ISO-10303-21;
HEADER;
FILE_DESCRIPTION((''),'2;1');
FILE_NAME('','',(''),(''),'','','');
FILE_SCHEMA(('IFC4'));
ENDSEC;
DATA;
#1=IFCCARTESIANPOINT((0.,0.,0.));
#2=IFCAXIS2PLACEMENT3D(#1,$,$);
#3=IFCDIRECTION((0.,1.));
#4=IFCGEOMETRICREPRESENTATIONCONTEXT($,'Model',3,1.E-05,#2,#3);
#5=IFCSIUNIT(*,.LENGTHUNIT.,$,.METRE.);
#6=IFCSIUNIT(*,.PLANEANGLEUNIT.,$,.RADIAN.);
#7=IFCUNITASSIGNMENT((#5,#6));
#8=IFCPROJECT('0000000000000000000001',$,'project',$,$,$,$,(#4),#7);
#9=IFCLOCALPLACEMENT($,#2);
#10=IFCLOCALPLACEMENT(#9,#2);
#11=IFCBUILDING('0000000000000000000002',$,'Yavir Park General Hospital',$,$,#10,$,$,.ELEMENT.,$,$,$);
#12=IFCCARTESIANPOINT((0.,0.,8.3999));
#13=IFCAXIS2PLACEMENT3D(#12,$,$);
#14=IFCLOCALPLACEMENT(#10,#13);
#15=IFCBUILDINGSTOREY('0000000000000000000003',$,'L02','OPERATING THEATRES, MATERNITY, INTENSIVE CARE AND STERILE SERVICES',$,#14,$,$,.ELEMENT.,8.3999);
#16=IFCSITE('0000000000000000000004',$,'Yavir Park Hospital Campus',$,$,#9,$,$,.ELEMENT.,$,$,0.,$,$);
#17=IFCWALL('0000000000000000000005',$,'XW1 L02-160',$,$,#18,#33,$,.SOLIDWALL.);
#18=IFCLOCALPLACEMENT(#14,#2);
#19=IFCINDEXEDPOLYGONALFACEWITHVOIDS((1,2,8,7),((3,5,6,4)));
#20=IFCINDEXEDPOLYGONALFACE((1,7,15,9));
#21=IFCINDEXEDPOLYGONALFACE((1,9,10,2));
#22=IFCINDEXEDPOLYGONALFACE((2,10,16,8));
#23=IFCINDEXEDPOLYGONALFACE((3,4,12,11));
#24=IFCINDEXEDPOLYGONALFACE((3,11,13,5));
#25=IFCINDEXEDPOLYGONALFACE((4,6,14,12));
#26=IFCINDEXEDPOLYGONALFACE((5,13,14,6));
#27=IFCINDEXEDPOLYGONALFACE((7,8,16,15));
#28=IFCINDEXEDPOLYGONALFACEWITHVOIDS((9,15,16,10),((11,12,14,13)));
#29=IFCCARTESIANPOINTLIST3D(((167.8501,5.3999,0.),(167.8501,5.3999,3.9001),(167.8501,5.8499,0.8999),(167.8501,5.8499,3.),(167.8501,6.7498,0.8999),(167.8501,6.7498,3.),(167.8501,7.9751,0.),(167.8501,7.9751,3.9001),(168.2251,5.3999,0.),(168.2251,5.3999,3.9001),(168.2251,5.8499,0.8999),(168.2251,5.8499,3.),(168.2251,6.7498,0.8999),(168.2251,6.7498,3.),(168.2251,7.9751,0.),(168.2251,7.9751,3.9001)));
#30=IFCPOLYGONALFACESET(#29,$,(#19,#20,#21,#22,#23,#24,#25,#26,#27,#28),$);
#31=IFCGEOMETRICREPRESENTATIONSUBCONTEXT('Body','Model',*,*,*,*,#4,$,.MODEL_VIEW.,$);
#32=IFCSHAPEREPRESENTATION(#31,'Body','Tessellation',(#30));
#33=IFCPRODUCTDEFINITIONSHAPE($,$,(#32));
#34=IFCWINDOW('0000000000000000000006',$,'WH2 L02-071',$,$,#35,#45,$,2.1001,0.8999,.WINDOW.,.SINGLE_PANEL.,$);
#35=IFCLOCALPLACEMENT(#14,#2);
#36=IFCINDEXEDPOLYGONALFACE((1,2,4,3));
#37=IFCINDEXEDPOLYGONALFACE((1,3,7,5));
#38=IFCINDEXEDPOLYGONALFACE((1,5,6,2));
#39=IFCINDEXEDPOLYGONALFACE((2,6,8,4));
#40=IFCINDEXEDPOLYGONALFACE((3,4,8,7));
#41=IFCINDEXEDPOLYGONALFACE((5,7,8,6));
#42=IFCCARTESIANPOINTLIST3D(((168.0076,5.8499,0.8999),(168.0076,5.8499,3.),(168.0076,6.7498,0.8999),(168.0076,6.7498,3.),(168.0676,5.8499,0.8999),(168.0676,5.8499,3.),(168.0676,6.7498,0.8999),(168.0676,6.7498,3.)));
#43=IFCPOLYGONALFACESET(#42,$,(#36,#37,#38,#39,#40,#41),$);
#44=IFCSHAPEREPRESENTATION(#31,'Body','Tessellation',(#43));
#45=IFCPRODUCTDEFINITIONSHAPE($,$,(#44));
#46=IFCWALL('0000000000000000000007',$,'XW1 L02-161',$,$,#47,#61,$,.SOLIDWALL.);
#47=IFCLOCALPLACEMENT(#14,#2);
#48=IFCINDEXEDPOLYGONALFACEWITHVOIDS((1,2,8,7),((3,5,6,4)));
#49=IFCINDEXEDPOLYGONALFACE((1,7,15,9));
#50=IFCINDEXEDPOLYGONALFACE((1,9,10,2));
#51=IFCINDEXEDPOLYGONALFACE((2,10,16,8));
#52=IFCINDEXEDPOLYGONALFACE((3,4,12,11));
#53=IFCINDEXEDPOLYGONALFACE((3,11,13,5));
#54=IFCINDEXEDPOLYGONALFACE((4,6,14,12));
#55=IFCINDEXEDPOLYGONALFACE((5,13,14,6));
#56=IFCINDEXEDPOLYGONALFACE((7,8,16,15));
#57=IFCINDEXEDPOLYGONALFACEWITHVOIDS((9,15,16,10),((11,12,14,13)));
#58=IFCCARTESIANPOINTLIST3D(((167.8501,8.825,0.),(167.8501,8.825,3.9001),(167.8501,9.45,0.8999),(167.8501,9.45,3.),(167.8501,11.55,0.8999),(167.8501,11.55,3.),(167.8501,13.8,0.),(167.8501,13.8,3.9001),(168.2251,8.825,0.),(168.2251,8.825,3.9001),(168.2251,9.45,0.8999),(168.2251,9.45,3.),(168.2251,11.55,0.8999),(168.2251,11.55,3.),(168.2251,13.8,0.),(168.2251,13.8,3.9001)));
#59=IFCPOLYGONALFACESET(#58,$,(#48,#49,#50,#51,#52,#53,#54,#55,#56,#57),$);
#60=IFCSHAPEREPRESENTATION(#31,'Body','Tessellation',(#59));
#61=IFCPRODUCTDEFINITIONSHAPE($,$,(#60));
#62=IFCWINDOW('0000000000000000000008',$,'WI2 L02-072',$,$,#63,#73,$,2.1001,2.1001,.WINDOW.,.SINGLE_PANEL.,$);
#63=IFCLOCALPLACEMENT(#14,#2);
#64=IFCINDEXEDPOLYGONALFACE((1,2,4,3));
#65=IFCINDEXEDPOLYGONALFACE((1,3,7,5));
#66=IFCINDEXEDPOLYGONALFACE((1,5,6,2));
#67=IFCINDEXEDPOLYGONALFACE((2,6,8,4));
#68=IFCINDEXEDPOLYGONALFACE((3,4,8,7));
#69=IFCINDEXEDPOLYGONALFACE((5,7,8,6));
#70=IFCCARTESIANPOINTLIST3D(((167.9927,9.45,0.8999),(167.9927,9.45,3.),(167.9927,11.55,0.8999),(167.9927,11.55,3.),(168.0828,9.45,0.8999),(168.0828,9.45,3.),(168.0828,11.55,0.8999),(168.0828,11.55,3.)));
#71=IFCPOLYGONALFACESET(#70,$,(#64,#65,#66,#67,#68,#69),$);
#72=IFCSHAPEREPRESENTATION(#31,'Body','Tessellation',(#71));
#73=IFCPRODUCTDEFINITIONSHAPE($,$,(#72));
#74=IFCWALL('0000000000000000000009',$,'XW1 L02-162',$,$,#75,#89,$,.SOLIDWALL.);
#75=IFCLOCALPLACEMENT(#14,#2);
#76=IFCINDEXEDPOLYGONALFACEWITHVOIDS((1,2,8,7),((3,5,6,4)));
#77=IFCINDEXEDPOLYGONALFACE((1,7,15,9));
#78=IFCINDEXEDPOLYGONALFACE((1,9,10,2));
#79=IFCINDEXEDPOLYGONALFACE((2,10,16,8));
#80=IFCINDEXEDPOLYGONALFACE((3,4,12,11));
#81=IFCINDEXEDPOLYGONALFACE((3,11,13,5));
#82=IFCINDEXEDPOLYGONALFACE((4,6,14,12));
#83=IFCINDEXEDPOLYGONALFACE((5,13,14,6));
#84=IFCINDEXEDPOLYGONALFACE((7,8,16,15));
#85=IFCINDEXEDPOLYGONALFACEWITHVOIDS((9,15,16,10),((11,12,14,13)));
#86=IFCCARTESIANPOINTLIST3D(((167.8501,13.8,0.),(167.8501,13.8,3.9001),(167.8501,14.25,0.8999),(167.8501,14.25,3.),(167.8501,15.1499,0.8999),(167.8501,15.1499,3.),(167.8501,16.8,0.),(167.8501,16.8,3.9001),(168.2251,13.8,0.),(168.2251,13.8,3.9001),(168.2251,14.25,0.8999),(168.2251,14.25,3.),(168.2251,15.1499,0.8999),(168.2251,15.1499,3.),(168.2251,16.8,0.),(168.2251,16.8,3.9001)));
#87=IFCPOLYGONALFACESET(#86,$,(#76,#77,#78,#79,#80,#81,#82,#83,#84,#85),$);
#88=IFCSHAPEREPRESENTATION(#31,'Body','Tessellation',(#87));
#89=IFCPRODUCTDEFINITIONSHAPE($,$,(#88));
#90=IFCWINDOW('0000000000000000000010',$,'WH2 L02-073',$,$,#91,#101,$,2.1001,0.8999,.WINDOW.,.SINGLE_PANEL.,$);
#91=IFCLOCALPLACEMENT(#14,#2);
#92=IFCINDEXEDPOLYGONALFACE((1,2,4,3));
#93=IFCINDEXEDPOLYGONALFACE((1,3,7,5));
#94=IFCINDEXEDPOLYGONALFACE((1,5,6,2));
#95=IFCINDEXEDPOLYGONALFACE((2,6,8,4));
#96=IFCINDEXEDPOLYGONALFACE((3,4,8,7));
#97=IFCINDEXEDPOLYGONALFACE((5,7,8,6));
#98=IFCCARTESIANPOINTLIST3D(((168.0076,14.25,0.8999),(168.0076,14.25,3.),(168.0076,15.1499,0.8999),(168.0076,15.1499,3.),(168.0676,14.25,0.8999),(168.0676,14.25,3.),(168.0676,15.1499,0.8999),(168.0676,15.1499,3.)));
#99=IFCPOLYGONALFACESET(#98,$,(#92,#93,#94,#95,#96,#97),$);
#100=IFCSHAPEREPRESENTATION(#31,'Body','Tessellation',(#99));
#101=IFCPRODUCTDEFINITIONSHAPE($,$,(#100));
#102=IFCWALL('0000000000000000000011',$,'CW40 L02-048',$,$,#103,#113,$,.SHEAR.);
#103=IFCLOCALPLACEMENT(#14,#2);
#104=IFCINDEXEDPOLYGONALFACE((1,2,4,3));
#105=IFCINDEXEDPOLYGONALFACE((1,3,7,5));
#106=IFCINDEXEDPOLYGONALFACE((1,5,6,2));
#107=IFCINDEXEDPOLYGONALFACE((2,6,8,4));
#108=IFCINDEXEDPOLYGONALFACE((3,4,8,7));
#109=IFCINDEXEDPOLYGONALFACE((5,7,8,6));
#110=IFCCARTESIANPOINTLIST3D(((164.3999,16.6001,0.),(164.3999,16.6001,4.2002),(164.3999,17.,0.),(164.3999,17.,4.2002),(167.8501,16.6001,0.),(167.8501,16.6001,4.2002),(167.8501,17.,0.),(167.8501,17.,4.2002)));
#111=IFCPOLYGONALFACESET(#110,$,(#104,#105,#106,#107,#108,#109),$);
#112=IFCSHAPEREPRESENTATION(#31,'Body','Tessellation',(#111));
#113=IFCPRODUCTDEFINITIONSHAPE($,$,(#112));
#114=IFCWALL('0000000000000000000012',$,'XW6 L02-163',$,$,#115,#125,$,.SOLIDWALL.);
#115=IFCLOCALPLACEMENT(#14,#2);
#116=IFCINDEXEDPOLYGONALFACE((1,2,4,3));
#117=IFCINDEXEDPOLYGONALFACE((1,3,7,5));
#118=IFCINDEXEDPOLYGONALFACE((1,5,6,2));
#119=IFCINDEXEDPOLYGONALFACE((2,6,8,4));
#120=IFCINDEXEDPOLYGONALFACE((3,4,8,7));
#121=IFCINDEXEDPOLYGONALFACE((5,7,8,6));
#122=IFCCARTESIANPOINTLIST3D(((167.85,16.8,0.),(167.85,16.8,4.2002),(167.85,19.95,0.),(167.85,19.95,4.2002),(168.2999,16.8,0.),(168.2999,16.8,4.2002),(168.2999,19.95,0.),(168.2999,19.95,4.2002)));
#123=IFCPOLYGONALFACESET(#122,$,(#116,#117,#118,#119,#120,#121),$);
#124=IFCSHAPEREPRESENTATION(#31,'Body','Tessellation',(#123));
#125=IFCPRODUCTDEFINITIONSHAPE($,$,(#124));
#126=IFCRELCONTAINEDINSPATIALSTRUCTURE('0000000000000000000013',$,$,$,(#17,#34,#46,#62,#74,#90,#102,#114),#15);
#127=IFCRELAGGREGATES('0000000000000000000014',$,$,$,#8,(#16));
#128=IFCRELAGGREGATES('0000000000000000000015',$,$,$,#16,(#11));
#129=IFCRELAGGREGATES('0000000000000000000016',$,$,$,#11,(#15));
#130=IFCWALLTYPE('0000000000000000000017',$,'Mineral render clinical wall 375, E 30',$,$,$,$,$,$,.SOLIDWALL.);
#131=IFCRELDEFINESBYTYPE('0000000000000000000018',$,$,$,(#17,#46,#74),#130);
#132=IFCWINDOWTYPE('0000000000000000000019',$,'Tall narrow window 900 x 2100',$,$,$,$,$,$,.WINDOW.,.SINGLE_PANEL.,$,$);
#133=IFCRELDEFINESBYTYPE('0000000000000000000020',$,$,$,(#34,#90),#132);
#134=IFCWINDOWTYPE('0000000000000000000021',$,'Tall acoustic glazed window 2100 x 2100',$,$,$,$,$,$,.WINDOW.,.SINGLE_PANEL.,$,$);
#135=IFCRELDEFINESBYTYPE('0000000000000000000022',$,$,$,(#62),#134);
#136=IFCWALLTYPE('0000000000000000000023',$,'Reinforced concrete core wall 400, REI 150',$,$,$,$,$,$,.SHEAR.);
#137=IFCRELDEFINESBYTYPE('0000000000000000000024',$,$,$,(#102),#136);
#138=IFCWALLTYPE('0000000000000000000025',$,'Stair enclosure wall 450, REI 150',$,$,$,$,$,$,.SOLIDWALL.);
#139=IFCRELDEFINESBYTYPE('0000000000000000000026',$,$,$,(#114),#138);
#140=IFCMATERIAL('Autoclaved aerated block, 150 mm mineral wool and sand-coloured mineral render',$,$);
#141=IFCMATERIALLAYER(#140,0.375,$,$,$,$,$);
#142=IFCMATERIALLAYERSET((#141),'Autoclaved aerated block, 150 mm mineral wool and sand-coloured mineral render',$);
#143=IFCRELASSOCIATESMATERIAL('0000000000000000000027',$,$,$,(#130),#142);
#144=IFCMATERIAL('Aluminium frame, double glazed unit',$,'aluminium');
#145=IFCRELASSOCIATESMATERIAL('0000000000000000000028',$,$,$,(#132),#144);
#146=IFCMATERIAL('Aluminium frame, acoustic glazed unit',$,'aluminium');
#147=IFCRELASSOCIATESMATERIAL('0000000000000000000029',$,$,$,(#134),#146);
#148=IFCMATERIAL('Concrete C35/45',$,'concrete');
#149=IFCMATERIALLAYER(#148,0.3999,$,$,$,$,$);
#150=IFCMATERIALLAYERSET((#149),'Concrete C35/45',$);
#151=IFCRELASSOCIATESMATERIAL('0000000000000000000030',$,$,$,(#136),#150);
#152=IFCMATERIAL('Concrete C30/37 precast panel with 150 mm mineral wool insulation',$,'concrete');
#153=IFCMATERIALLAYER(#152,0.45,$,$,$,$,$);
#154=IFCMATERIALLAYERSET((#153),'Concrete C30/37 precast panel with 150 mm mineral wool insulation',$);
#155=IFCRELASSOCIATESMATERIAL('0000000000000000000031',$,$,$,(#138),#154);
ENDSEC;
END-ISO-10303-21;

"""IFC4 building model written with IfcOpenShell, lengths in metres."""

from ifc_helpers import new_model, si_unit, direction, frame, frame_2d, origin, place, context, subcontext, project, spatial, rectangle, extrude, material, layer, layer_set, type_object, element, fill, save


model = new_model("IFC4")

# Units and contexts
model_context = context("Model", 3, precision=1e-05, world=origin(), true_north=direction((0.0, 1.0)))
body_context = subcontext(model_context, "Body", "Model", "MODEL_VIEW")
ifc_project = project(units=[si_unit("LENGTHUNIT", "METRE"), si_unit("PLANEANGLEUNIT", "RADIAN")], contexts=[model_context])

# Site, building, storey
site_placement = place(None, origin())
site = spatial("IfcSite", under=ifc_project, at=site_placement, Name="Yavir Park Hospital Campus", CompositionType="ELEMENT", RefElevation=0.0)
building_placement = place(site_placement, origin())
building = spatial("IfcBuilding", under=site, at=building_placement, Name="Yavir Park General Hospital", CompositionType="ELEMENT")
storey_placement = place(building_placement, frame((0.0, 0.0, 8.3999)))
storey = spatial("IfcBuildingStorey", under=building, at=storey_placement, Name="L02", Description="OPERATING THEATRES, MATERNITY, INTENSIVE CARE AND STERILE SERVICES", CompositionType="ELEMENT", Elevation=8.3999)

# Walls, openings, windows
ifc_material_1 = material(Name="Autoclaved aerated block, 150 mm mineral wool and sand-coloured mineral render")
ifc_layer_1 = layer(ifc_material_1, 0.375)
ifc_layer_set_1 = layer_set([ifc_layer_1], Name="Autoclaved aerated block, 150 mm mineral wool and sand-coloured mineral render")
wall_type_1 = type_object("IfcWallType", Name="Mineral render clinical wall 375, E 30", PredefinedType="SOLIDWALL", material=ifc_layer_set_1)
ifc_material_2 = material(Name="Aluminium frame, double glazed unit", Category="aluminium")
window_type_1 = type_object("IfcWindowType", Name="Tall narrow window 900 x 2100", PartitioningType="SINGLE_PANEL", PredefinedType="WINDOW", material=ifc_material_2)
ifc_material_3 = material(Name="Aluminium frame, acoustic glazed unit", Category="aluminium")
window_type_2 = type_object("IfcWindowType", Name="Tall acoustic glazed window 2100 x 2100", PartitioningType="SINGLE_PANEL", PredefinedType="WINDOW", material=ifc_material_3)
wall_1_placement = place(storey_placement, frame((168.0376, 5.3999, 0.0), z_axis=(0.0, 0.0, 1.0), x_axis=(0.0, 1.0, 0.0)))
wall_1 = element("IfcWall", 1, at=wall_1_placement, inside=storey, type_object=wall_type_1, Name="XW1 L02-160", PredefinedType="SOLIDWALL", context=body_context, shape_type="SweptSolid", body=[
    extrude(rectangle(XDim=2.5752, YDim=0.375, at=frame_2d((1.2876, 0.0))), origin(), (0.0, 0.0, 1.0), 3.9001),
])
opening_1_placement = place(wall_1_placement, frame((0.45, 0.0, 0.8999)))
opening_1 = element("IfcOpeningElement", 2, at=opening_1_placement, cuts=wall_1, PredefinedType="OPENING", context=body_context, shape_type="SweptSolid", body=[
    extrude(rectangle(XDim=0.8999, YDim=2.1001, at=frame_2d((0.45, 1.05))), frame((0.0, 0.1975, 0.0), z_axis=(0.0, -1.0, 0.0), x_axis=(1.0, 0.0, 0.0)), (0.0, 0.0, 1.0), 0.395),
])
window_1_placement = place(opening_1_placement, origin())
window_1 = element("IfcWindow", 3, at=window_1_placement, inside=storey, type_object=window_type_1, Name="WH2 L02-071", OverallHeight=2.1001, OverallWidth=0.8999, PartitioningType="SINGLE_PANEL", PredefinedType="WINDOW", context=body_context, shape_type="SweptSolid", body=[
    extrude(rectangle(XDim=0.8999, YDim=2.1001, at=frame_2d((0.45, 1.05))), frame((0.0, 0.03, 0.0), z_axis=(0.0, -1.0, 0.0), x_axis=(1.0, 0.0, 0.0)), (0.0, 0.0, 1.0), 0.0601),
])
fill(opening_1, window_1)
wall_2_placement = place(storey_placement, frame((168.0376, 8.825, 0.0), z_axis=(0.0, 0.0, 1.0), x_axis=(0.0, 1.0, 0.0)))
wall_2 = element("IfcWall", 4, at=wall_2_placement, inside=storey, type_object=wall_type_1, Name="XW1 L02-161", PredefinedType="SOLIDWALL", context=body_context, shape_type="SweptSolid", body=[
    extrude(rectangle(XDim=4.9751, YDim=0.375, at=frame_2d((2.4875, 0.0))), origin(), (0.0, 0.0, 1.0), 3.9001),
])
opening_2_placement = place(wall_2_placement, frame((0.625, 0.0, 0.8999)))
opening_2 = element("IfcOpeningElement", 5, at=opening_2_placement, cuts=wall_2, PredefinedType="OPENING", context=body_context, shape_type="SweptSolid", body=[
    extrude(rectangle(XDim=2.1001, YDim=2.1001, at=frame_2d((1.05, 1.05))), frame((0.0, 0.1975, 0.0), z_axis=(0.0, -1.0, 0.0), x_axis=(1.0, 0.0, 0.0)), (0.0, 0.0, 1.0), 0.395),
])
window_2_placement = place(opening_2_placement, origin())
window_2 = element("IfcWindow", 6, at=window_2_placement, inside=storey, type_object=window_type_2, Name="WI2 L02-072", OverallHeight=2.1001, OverallWidth=2.1001, PartitioningType="SINGLE_PANEL", PredefinedType="WINDOW", context=body_context, shape_type="SweptSolid", body=[
    extrude(rectangle(XDim=2.1001, YDim=2.1001, at=frame_2d((1.05, 1.05))), frame((0.0, 0.0449, 0.0), z_axis=(0.0, -1.0, 0.0), x_axis=(1.0, 0.0, 0.0)), (0.0, 0.0, 1.0), 0.0901),
])
fill(opening_2, window_2)
wall_3_placement = place(storey_placement, frame((168.0376, 13.8, 0.0), z_axis=(0.0, 0.0, 1.0), x_axis=(0.0, 1.0, 0.0)))
wall_3 = element("IfcWall", 7, at=wall_3_placement, inside=storey, type_object=wall_type_1, Name="XW1 L02-162", PredefinedType="SOLIDWALL", context=body_context, shape_type="SweptSolid", body=[
    extrude(rectangle(XDim=3.0, YDim=0.375, at=frame_2d((1.5, 0.0))), origin(), (0.0, 0.0, 1.0), 3.9001),
])
opening_3_placement = place(wall_3_placement, frame((0.45, 0.0, 0.8999)))
opening_3 = element("IfcOpeningElement", 8, at=opening_3_placement, cuts=wall_3, PredefinedType="OPENING", context=body_context, shape_type="SweptSolid", body=[
    extrude(rectangle(XDim=0.8999, YDim=2.1001, at=frame_2d((0.45, 1.05))), frame((0.0, 0.1975, 0.0), z_axis=(0.0, -1.0, 0.0), x_axis=(1.0, 0.0, 0.0)), (0.0, 0.0, 1.0), 0.395),
])
window_3_placement = place(opening_3_placement, origin())
window_3 = element("IfcWindow", 9, at=window_3_placement, inside=storey, type_object=window_type_1, Name="WH2 L02-073", OverallHeight=2.1001, OverallWidth=0.8999, PartitioningType="SINGLE_PANEL", PredefinedType="WINDOW", context=body_context, shape_type="SweptSolid", body=[
    extrude(rectangle(XDim=0.8999, YDim=2.1001, at=frame_2d((0.45, 1.05))), frame((0.0, 0.03, 0.0), z_axis=(0.0, -1.0, 0.0), x_axis=(1.0, 0.0, 0.0)), (0.0, 0.0, 1.0), 0.0601),
])
fill(opening_3, window_3)

# Walls
ifc_material_4 = material(Name="Concrete C35/45", Category="concrete")
ifc_layer_2 = layer(ifc_material_4, 0.3999)
ifc_layer_set_2 = layer_set([ifc_layer_2], Name="Concrete C35/45")
wall_type_2 = type_object("IfcWallType", Name="Reinforced concrete core wall 400, REI 150", PredefinedType="SHEAR", material=ifc_layer_set_2)
wall_4_placement = place(storey_placement, frame((164.3999, 16.8, 0.0), z_axis=(0.0, 0.0, 1.0), x_axis=(1.0, 0.0, 0.0)))
element("IfcWall", 10, at=wall_4_placement, inside=storey, type_object=wall_type_2, Name="CW40 L02-048", PredefinedType="SHEAR", context=body_context, shape_type="SweptSolid", body=[
    extrude(rectangle(XDim=3.4502, YDim=0.3999, at=frame_2d((1.7251, 0.0))), origin(), (0.0, 0.0, 1.0), 4.2002),
])
ifc_material_5 = material(Name="Concrete C30/37 precast panel with 150 mm mineral wool insulation", Category="concrete")
ifc_layer_3 = layer(ifc_material_5, 0.45)
ifc_layer_set_3 = layer_set([ifc_layer_3], Name="Concrete C30/37 precast panel with 150 mm mineral wool insulation")
wall_type_3 = type_object("IfcWallType", Name="Stair enclosure wall 450, REI 150", PredefinedType="SOLIDWALL", material=ifc_layer_set_3)
wall_5_placement = place(storey_placement, frame((168.075, 16.8, 0.0), z_axis=(0.0, 0.0, 1.0), x_axis=(0.0, 1.0, 0.0)))
element("IfcWall", 11, at=wall_5_placement, inside=storey, type_object=wall_type_3, Name="XW6 L02-163", PredefinedType="SOLIDWALL", context=body_context, shape_type="SweptSolid", body=[
    extrude(rectangle(XDim=3.1499, YDim=0.45, at=frame_2d((1.575, 0.0))), origin(), (0.0, 0.0, 1.0), 4.2002),
])

save(model, "model.ifc")
